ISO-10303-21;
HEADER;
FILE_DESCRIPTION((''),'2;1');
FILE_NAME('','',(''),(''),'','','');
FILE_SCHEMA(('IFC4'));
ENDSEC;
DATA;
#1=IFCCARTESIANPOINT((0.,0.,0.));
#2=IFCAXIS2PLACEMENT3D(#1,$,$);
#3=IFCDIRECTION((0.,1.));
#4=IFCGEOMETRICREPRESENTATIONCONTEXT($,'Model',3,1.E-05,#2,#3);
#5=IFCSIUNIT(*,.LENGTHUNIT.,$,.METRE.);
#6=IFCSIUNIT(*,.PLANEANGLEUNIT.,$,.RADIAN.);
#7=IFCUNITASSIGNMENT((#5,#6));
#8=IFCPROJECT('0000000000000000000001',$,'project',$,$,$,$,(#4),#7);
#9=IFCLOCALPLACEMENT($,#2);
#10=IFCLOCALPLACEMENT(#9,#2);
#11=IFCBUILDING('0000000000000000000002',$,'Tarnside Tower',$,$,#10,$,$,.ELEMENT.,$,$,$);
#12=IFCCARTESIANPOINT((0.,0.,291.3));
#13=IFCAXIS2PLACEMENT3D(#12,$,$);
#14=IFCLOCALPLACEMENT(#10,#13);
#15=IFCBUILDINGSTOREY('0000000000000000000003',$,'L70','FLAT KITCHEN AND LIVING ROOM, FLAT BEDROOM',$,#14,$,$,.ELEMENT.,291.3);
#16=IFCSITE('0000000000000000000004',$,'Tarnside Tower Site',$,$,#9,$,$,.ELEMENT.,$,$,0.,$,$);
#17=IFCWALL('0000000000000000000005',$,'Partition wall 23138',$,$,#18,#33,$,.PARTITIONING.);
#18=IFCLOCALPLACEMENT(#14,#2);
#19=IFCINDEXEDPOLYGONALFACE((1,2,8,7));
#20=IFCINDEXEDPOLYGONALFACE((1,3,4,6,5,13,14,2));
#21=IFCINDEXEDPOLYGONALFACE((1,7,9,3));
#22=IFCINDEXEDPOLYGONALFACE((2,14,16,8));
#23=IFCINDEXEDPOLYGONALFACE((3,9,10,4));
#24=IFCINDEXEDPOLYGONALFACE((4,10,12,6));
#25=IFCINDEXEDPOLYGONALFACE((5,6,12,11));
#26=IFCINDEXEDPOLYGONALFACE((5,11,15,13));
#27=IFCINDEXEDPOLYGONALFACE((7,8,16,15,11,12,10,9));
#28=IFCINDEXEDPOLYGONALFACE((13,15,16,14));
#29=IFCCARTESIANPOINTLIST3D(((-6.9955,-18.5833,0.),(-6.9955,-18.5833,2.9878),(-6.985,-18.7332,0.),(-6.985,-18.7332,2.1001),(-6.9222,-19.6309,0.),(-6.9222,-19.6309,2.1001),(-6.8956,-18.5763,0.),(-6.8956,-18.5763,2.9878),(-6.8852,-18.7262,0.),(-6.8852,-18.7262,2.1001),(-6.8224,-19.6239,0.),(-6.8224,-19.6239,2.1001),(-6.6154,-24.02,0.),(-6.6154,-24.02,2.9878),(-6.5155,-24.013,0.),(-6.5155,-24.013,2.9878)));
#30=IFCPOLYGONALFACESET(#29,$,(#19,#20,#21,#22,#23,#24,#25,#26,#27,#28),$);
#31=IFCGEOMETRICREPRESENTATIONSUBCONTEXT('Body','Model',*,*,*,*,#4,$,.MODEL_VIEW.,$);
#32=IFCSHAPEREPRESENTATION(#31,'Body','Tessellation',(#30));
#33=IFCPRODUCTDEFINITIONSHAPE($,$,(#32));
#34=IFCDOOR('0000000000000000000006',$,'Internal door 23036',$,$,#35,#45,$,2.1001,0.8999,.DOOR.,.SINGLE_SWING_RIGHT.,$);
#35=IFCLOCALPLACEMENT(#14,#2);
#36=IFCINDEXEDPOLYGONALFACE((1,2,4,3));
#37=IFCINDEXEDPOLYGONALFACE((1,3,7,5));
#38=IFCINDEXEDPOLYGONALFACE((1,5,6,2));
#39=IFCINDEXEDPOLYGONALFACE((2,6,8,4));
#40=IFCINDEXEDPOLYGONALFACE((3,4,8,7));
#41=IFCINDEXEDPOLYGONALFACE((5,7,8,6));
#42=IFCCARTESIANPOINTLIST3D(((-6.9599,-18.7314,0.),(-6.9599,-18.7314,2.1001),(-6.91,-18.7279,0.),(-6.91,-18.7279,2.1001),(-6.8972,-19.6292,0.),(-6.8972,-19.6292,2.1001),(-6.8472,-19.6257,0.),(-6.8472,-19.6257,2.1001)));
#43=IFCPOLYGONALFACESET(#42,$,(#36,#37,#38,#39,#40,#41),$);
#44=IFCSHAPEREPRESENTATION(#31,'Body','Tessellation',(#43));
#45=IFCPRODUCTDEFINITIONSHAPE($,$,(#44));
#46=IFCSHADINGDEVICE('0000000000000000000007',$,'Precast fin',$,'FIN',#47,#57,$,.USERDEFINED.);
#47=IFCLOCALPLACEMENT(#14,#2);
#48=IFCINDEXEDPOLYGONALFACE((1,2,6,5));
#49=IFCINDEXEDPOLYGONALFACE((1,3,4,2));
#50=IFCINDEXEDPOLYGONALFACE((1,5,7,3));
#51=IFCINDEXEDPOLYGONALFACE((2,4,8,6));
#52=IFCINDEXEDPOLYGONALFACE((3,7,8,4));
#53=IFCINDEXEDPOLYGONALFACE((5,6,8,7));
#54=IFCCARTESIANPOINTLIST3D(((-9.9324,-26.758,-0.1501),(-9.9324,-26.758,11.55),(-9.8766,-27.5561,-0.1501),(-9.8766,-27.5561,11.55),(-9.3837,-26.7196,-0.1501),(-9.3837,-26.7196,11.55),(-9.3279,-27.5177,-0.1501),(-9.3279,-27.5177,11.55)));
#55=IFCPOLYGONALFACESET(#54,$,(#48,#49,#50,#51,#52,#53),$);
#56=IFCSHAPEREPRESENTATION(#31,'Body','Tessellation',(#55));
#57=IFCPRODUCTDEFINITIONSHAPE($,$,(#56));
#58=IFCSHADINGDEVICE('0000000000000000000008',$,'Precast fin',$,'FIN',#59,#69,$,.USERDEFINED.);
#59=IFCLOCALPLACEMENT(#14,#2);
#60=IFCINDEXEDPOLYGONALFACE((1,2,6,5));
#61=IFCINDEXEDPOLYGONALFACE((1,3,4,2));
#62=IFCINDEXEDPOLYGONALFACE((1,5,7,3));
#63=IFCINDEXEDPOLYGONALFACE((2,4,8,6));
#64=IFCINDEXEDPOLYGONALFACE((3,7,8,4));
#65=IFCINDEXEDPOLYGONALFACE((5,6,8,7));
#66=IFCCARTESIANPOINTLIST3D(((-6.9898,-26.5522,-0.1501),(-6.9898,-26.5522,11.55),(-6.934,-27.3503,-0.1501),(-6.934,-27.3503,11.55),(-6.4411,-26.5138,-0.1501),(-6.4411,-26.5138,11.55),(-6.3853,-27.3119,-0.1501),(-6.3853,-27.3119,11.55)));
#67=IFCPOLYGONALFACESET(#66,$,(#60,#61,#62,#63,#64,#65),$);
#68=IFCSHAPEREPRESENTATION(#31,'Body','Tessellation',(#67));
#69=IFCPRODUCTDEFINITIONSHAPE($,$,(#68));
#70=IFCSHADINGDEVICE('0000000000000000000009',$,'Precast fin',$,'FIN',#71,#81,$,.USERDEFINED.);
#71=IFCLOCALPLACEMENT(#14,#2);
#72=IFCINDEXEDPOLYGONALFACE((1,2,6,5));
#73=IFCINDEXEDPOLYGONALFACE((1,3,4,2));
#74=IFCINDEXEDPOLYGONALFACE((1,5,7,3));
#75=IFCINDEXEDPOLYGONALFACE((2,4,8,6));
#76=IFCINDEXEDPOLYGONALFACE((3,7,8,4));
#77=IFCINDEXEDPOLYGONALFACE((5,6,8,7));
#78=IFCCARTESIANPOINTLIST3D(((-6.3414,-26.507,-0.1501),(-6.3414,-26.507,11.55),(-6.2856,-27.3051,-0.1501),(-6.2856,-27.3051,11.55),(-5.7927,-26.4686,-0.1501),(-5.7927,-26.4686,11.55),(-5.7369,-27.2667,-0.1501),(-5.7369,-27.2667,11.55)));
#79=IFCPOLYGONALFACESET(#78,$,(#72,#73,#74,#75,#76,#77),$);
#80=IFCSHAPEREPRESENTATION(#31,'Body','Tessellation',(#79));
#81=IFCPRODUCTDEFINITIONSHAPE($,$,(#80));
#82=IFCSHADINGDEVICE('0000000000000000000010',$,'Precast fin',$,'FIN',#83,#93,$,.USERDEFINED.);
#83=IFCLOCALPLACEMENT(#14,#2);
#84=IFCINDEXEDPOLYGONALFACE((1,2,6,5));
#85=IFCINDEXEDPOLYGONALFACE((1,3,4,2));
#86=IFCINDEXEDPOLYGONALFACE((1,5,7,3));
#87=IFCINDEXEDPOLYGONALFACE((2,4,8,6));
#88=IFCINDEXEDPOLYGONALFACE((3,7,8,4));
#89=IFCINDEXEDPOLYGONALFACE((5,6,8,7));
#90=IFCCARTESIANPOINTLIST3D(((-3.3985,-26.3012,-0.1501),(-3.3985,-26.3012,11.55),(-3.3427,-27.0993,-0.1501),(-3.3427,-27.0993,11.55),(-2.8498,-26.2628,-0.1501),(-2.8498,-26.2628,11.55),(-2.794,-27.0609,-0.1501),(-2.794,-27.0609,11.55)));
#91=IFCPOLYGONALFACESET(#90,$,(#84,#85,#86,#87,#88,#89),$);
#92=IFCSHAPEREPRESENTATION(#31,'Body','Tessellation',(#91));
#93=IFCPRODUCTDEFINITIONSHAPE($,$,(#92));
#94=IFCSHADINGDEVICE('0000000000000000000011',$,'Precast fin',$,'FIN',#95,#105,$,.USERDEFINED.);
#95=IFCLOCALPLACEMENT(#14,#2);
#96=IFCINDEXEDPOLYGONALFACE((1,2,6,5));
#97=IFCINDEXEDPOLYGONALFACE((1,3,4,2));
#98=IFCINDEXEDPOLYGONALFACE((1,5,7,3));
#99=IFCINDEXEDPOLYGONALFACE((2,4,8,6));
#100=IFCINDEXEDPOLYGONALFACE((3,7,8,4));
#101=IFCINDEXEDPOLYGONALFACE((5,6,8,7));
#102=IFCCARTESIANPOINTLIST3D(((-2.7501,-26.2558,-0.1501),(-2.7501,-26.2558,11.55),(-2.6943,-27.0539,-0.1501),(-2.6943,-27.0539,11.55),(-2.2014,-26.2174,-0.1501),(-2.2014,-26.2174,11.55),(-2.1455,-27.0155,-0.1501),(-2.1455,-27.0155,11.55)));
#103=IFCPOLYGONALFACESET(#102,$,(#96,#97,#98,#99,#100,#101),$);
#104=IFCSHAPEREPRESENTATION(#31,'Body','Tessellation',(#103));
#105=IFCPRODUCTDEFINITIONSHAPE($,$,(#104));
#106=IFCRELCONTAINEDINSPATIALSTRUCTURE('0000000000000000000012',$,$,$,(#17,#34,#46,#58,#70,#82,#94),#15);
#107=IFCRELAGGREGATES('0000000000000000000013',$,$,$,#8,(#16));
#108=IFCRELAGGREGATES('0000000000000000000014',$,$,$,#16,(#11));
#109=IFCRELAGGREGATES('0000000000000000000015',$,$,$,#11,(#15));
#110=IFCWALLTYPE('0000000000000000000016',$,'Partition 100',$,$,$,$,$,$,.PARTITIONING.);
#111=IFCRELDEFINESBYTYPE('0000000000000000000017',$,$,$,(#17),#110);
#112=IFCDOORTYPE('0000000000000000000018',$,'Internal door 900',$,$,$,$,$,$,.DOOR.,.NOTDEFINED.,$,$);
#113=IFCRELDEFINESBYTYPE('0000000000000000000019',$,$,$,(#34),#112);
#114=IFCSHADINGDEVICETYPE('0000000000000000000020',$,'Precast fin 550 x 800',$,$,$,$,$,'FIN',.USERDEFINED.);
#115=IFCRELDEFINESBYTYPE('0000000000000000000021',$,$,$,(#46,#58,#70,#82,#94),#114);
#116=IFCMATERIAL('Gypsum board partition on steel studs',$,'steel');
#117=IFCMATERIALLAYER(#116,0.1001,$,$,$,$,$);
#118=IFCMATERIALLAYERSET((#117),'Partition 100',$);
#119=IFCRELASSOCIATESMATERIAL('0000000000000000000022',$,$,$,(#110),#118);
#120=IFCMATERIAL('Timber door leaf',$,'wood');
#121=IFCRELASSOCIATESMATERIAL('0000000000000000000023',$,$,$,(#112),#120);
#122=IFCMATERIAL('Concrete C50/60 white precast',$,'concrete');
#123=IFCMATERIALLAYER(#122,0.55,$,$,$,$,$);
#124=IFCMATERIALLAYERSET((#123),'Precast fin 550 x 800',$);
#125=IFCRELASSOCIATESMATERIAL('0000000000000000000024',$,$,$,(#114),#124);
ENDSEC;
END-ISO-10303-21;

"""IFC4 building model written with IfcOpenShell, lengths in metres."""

from ifc_helpers import new_model, si_unit, direction, frame, frame_2d, origin, place, context, subcontext, project, spatial, polyline, rectangle, outline, extrude, material, layer, layer_set, type_object, element, fill, save


model = new_model("IFC4")

# Units and contexts
model_context = context("Model", 3, precision=1e-05, world=origin(), true_north=direction((0.0, 1.0)))
body_context = subcontext(model_context, "Body", "Model", "MODEL_VIEW")
ifc_project = project(units=[si_unit("LENGTHUNIT", "METRE"), si_unit("PLANEANGLEUNIT", "RADIAN")], contexts=[model_context])

# Site, building, storey
site_placement = place(None, origin())
site = spatial("IfcSite", under=ifc_project, at=site_placement, Name="Tarnside Tower Site", CompositionType="ELEMENT", RefElevation=0.0)
building_placement = place(site_placement, origin())
building = spatial("IfcBuilding", under=site, at=building_placement, Name="Tarnside Tower", CompositionType="ELEMENT")
storey_placement = place(building_placement, frame((0.0, 0.0, 291.3)))
storey = spatial("IfcBuildingStorey", under=building, at=storey_placement, Name="L70", Description="FLAT KITCHEN AND LIVING ROOM, FLAT BEDROOM", CompositionType="ELEMENT", Elevation=291.3)

# Shared definitions
ifc_material_1 = material(Name="Gypsum board partition on steel studs", Category="steel")

# Wall, opening, door
ifc_layer_1 = layer(ifc_material_1, 0.1001)
ifc_layer_set_1 = layer_set([ifc_layer_1], Name="Partition 100")
wall_type_1 = type_object("IfcWallType", Name="Partition 100", PredefinedType="PARTITIONING", material=ifc_layer_set_1)
wall_1_placement = place(storey_placement, frame((-6.5654, -24.0166, 0.0), z_axis=(0.0, 0.0, 1.0), x_axis=(-0.069748, 0.997565, 0.0)))
wall_1 = element("IfcWall", 1, at=wall_1_placement, inside=storey, type_object=wall_type_1, Name="Partition wall 23138", PredefinedType="PARTITIONING", context=body_context, shape_type="SweptSolid", body=[
    extrude(rectangle(XDim=5.45, YDim=0.1001, at=frame_2d((2.7251, 0.0))), origin(), (0.0, 0.0, 1.0), 2.9878),
])
opening_placement = place(wall_1_placement, frame((4.3999, 0.0, 0.0)))
opening = element("IfcOpeningElement", 2, at=opening_placement, cuts=wall_1, PredefinedType="OPENING", context=body_context, shape_type="SweptSolid", body=[
    extrude(rectangle(XDim=0.8999, YDim=2.1001, at=frame_2d((0.45, 1.05))), frame((0.0, 0.0601, 0.0), z_axis=(0.0, -1.0, 0.0), x_axis=(1.0, 0.0, 0.0)), (0.0, 0.0, 1.0), 0.1201),
])
ifc_material_2 = material(Name="Timber door leaf", Category="wood")
door_type = type_object("IfcDoorType", Name="Internal door 900", OperationType="NOTDEFINED", PredefinedType="DOOR", material=ifc_material_2)
door_placement = place(opening_placement, origin())
door = element("IfcDoor", 3, at=door_placement, inside=storey, type_object=door_type, Name="Internal door 23036", OperationType="SINGLE_SWING_RIGHT", OverallHeight=2.1001, OverallWidth=0.8999, PredefinedType="DOOR", context=body_context, shape_type="SweptSolid", body=[
    extrude(rectangle(XDim=0.8999, YDim=2.1001, at=frame_2d((0.45, 1.05))), frame((0.0, 0.0249, 0.0), z_axis=(0.0, -1.0, 0.0), x_axis=(1.0, 0.0, 0.0)), (0.0, 0.0, 1.0), 0.05),
])
fill(opening, door)

# Shading devices
ifc_material_3 = material(Name="Concrete C50/60 white precast", Category="concrete")
ifc_layer_2 = layer(ifc_material_3, 0.55)
ifc_layer_set_2 = layer_set([ifc_layer_2], Name="Precast fin 550 x 800")
shading_device_type = type_object("IfcShadingDeviceType", Name="Precast fin 550 x 800", ElementType="FIN", PredefinedType="USERDEFINED", material=ifc_layer_set_2)
for number, where, z_axis, x_axis, name in (
    (4, (-9.658, -26.7388, -0.1501), (-0.997564, -0.069756, 0.0), (0.069756, -0.997564, 0.0), "Precast fin"),
    (5, (-6.7153, -26.533, -0.1501), (-0.997564, -0.069756, 0.0), (0.069756, -0.997564, 0.0), "Precast fin"),
    (6, (-6.0669, -26.4878, -0.1501), (-0.997564, -0.069756, 0.0), (0.069756, -0.997564, 0.0), "Precast fin"),
    (7, (-3.124, -26.282, -0.1501), (-0.997564, -0.069756, 0.0), (0.069756, -0.997564, 0.0), "Precast fin"),
    (8, (-2.4756, -26.2366, -0.1501), (-0.997564, -0.069756, 0.0), (0.069756, -0.997564, 0.0), "Precast fin"),
):
    element("IfcShadingDevice", number, at=place(storey_placement, frame(where, z_axis=z_axis, x_axis=x_axis)), inside=storey, type_object=shading_device_type, Name=name, ObjectType="FIN", PredefinedType="USERDEFINED", context=body_context, shape_type="SweptSolid", body=[
        extrude(outline(polyline([(0.0, 0.0), (0.8, 0.0), (0.8, 11.7002), (0.0, 11.7002), (0.0, 0.0)])), frame((0.0, 0.0, -0.2749)), (0.0, 0.0, 1.0), 0.55),
    ])

save(model, "model.ifc")
